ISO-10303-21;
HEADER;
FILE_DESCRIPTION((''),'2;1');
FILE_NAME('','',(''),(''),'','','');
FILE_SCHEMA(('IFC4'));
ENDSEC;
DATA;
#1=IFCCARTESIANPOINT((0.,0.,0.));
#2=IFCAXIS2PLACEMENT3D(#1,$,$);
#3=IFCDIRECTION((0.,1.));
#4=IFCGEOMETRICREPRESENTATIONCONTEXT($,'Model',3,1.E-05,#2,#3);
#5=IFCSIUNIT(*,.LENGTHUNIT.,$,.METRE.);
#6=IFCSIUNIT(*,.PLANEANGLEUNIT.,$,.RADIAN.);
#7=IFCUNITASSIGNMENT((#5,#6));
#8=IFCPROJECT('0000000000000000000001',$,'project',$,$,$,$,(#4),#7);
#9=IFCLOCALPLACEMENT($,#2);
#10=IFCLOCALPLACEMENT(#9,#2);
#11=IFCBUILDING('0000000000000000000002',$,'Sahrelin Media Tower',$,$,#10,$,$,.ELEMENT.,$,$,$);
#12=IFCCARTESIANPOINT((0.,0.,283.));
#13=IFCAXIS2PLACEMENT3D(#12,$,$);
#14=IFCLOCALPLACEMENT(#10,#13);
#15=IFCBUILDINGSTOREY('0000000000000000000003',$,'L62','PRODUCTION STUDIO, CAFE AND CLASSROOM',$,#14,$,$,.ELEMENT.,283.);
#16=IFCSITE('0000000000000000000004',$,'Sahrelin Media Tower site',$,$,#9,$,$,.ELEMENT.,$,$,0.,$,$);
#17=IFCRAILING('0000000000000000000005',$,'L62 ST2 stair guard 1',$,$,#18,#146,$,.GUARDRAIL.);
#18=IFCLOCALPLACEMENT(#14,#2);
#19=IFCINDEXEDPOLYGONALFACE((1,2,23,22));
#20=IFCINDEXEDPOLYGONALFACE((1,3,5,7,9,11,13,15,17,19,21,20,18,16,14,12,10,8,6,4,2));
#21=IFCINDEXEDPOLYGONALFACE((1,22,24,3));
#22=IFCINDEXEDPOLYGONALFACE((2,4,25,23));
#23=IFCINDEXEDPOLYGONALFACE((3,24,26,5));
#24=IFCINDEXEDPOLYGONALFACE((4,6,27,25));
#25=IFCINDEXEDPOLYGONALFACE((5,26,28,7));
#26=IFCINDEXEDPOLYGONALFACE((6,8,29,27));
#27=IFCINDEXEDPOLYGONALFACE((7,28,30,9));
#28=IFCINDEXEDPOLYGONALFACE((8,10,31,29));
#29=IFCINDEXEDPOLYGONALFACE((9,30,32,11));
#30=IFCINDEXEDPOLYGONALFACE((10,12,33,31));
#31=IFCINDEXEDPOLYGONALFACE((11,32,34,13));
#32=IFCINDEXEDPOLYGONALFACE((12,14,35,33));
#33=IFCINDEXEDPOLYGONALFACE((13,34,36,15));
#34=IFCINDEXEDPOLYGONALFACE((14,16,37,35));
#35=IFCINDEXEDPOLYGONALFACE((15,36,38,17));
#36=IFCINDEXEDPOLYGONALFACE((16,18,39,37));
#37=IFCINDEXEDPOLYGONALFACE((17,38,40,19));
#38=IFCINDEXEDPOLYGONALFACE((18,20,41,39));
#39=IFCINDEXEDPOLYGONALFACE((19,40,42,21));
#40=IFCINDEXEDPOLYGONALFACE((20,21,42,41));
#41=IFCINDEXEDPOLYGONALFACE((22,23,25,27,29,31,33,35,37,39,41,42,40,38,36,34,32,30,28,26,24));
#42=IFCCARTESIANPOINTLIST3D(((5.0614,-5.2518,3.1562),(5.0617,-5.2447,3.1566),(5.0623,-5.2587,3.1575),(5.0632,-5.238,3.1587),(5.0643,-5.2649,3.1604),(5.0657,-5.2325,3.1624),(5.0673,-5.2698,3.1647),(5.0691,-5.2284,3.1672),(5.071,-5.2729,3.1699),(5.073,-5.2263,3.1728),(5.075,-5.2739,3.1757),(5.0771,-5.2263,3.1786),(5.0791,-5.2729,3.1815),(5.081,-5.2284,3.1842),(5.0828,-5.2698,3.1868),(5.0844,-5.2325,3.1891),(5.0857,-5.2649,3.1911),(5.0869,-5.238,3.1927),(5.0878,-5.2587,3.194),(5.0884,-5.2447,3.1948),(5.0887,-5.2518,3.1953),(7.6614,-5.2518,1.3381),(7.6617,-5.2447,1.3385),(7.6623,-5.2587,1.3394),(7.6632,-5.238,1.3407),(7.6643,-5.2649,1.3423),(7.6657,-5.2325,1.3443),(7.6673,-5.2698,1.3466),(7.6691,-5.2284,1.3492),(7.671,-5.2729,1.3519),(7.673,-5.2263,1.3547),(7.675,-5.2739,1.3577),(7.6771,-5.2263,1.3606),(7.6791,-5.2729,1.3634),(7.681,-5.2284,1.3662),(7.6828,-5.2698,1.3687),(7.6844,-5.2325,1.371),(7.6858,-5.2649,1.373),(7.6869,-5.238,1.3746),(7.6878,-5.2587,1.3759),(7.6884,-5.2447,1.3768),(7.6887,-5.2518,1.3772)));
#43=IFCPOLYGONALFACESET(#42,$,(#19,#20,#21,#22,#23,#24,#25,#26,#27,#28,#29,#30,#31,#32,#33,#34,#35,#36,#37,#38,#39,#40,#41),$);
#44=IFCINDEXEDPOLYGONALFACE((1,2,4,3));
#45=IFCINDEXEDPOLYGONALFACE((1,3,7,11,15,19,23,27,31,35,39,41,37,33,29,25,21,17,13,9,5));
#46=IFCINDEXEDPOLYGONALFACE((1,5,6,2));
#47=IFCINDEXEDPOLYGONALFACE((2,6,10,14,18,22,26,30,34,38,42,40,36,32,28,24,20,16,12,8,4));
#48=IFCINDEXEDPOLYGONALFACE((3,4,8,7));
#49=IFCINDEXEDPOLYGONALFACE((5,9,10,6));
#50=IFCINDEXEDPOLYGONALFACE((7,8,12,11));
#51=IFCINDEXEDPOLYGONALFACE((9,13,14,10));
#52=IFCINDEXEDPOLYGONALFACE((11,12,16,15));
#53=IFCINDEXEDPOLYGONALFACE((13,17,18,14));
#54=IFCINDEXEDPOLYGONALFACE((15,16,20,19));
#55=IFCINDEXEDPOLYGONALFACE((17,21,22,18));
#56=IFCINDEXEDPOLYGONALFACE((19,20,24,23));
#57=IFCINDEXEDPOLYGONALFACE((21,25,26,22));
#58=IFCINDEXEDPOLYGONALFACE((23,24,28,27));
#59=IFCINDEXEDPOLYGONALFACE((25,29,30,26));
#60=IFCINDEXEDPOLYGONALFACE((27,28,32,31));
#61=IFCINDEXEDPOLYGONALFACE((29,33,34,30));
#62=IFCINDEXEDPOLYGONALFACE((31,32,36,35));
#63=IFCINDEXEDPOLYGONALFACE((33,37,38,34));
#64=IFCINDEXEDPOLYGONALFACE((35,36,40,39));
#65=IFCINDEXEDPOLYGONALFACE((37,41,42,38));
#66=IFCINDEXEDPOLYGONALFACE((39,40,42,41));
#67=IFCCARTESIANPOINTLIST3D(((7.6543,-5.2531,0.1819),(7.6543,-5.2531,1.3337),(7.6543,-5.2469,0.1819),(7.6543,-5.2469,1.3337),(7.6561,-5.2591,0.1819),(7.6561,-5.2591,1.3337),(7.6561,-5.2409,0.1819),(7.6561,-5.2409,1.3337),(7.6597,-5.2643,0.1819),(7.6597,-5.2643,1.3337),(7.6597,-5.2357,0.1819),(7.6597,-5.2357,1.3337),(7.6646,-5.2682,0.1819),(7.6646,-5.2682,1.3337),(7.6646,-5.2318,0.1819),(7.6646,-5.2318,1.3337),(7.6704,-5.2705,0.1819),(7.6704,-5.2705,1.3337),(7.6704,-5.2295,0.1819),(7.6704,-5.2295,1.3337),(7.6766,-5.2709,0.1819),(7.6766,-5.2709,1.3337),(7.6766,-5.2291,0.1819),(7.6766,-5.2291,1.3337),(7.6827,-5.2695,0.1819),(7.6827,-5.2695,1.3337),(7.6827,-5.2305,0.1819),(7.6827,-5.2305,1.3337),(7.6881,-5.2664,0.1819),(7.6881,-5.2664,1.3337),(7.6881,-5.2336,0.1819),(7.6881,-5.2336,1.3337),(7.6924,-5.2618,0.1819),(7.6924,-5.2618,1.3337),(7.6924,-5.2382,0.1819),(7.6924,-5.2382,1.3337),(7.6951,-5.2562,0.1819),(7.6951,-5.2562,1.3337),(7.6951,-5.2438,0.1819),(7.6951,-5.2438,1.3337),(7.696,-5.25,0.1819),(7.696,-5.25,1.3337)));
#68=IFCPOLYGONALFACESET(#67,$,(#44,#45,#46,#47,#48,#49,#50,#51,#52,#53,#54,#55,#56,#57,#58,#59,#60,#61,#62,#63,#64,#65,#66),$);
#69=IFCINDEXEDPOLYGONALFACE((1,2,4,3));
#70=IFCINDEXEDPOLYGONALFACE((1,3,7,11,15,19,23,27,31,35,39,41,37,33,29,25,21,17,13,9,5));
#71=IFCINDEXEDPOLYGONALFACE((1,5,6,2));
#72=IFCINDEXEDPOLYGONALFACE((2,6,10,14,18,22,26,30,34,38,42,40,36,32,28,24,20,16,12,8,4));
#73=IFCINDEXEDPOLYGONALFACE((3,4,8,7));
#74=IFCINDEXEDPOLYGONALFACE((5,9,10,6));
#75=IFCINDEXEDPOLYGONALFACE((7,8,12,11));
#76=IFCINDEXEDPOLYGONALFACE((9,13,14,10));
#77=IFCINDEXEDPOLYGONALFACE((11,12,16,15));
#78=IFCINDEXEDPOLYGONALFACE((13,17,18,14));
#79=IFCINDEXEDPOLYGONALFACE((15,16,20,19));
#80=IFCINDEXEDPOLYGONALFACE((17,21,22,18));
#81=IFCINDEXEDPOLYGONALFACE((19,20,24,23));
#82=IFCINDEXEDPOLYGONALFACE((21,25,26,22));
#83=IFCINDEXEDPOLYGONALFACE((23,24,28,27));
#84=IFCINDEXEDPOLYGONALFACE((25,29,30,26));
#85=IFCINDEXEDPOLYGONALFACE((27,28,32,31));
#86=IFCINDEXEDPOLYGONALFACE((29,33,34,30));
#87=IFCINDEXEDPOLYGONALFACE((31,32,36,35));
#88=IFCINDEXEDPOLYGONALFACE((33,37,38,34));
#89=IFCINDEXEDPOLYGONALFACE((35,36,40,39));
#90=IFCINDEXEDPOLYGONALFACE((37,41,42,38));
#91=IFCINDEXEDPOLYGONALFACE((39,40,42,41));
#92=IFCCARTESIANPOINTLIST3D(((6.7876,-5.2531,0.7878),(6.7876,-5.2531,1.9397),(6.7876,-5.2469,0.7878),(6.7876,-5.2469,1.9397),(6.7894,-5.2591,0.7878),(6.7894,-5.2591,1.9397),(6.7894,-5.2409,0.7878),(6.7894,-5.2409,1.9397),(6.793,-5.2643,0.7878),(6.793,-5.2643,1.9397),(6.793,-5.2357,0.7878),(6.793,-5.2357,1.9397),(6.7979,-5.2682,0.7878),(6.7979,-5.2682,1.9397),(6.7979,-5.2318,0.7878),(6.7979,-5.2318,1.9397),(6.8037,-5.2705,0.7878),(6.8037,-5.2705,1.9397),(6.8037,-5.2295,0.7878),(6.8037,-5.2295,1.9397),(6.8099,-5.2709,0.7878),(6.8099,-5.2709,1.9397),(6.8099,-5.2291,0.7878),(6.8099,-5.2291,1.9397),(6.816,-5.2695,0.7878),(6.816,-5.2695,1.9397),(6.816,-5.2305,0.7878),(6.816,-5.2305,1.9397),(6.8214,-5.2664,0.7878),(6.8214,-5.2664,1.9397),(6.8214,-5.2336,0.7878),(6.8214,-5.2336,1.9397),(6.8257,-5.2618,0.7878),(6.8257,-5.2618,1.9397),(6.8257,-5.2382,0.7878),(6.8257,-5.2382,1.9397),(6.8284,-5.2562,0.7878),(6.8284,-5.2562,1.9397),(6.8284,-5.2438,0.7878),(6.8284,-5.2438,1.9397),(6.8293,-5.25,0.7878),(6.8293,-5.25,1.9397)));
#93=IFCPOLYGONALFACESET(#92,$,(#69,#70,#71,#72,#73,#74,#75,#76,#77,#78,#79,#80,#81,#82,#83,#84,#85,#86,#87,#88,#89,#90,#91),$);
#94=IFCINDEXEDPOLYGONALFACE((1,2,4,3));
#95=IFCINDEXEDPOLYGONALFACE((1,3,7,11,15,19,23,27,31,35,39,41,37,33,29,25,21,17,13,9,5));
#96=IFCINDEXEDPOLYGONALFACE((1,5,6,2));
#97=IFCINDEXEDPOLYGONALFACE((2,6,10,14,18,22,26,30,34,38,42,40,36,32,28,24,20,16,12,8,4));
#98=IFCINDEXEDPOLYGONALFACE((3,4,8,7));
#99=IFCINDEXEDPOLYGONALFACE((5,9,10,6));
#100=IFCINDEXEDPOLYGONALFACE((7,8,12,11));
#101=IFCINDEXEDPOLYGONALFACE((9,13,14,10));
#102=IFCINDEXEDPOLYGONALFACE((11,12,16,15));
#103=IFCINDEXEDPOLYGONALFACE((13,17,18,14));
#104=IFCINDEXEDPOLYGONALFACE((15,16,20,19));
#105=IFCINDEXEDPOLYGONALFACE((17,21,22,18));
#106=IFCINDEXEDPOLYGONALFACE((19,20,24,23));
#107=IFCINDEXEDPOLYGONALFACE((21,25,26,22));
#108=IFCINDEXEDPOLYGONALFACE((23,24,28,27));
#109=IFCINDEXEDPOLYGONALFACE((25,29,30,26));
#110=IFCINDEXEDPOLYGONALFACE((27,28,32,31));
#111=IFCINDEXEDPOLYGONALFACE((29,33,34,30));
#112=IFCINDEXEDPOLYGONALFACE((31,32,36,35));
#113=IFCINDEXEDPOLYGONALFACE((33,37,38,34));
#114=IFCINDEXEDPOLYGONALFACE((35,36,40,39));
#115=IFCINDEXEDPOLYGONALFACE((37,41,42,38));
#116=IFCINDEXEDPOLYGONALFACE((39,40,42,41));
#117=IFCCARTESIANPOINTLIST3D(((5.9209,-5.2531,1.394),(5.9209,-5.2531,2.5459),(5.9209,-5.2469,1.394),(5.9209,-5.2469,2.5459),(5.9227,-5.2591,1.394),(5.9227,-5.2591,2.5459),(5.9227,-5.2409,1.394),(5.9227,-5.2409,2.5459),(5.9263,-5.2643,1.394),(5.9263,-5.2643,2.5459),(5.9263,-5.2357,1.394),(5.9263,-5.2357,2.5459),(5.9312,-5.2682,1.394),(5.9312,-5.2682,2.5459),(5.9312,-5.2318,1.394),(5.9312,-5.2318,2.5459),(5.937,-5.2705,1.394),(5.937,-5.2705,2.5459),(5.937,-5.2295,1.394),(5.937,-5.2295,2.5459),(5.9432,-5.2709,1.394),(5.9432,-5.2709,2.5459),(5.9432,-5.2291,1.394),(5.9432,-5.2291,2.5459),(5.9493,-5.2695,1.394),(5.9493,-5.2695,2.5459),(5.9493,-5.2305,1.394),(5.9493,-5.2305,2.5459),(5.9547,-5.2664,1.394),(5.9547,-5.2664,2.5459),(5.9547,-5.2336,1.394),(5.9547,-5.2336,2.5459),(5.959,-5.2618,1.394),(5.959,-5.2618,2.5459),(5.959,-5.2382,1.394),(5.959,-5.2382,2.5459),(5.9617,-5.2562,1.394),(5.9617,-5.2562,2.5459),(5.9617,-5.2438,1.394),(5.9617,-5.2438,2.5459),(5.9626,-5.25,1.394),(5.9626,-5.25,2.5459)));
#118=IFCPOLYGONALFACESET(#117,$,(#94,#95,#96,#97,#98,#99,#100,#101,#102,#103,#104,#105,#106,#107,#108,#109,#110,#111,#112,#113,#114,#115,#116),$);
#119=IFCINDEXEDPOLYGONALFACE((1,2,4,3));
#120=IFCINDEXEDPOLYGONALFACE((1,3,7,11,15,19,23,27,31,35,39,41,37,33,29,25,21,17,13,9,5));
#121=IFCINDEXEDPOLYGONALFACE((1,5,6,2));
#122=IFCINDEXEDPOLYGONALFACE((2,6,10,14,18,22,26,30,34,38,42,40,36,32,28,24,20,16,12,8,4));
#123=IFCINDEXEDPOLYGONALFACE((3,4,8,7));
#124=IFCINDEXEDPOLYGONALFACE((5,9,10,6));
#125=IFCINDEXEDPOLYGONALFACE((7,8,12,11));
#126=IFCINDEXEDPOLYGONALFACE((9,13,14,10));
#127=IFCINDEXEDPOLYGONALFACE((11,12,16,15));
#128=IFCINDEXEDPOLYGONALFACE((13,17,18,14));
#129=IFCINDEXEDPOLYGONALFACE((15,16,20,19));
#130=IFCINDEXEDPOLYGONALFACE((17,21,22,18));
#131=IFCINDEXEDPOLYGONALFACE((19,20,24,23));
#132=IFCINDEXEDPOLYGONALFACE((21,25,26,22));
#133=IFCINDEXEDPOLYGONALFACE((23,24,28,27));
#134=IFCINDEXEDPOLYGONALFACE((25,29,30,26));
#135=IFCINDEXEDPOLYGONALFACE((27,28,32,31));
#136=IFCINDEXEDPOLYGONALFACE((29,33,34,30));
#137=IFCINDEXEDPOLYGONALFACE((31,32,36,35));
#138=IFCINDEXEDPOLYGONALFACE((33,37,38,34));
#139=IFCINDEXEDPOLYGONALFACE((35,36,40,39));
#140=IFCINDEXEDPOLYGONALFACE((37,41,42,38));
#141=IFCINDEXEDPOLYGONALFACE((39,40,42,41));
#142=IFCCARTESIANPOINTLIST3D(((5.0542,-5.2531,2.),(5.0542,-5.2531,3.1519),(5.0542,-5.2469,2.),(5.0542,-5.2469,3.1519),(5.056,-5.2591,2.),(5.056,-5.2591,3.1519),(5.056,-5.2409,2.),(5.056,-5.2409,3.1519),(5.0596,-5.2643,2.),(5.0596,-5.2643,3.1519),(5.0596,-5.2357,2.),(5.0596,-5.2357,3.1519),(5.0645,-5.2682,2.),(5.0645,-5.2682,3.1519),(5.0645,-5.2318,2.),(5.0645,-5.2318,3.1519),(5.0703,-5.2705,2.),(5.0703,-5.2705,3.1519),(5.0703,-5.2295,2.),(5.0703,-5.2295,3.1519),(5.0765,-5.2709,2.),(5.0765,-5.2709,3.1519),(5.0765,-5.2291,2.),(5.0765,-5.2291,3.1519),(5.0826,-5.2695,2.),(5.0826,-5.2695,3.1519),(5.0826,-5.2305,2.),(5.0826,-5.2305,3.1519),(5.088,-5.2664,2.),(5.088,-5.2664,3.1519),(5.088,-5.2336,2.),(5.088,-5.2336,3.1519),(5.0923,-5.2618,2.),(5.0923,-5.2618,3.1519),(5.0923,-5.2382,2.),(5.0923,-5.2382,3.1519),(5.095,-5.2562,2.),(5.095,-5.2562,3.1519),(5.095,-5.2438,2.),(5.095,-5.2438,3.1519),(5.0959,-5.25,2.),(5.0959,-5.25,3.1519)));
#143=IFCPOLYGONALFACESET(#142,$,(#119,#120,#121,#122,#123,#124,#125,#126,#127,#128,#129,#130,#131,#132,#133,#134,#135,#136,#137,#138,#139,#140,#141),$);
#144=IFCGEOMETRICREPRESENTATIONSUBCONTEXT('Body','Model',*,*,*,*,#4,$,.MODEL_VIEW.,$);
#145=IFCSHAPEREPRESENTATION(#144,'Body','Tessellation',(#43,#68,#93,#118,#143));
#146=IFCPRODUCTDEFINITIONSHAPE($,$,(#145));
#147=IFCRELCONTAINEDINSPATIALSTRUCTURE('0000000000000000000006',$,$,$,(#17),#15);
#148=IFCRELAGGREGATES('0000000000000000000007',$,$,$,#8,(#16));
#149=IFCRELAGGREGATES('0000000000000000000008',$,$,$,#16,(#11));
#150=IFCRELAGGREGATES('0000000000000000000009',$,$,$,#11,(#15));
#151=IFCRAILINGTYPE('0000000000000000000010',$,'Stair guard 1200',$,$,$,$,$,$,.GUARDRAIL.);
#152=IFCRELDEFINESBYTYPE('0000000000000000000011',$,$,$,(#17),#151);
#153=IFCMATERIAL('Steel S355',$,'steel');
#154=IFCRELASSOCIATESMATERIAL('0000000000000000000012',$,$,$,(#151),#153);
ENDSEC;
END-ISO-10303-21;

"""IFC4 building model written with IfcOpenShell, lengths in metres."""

from ifc_helpers import new_model, si_unit, direction, frame, origin, origin_2d, place, context, subcontext, project, spatial, circle, extrude, material, type_object, element, save


model = new_model("IFC4")

# Units and contexts
model_context = context("Model", 3, precision=1e-05, world=origin(), true_north=direction((0.0, 1.0)))
body_context = subcontext(model_context, "Body", "Model", "MODEL_VIEW")
ifc_project = project(units=[si_unit("LENGTHUNIT", "METRE"), si_unit("PLANEANGLEUNIT", "RADIAN")], contexts=[model_context])

# Site, building, storey
site_placement = place(None, origin())
site = spatial("IfcSite", under=ifc_project, at=site_placement, Name="Sahrelin Media Tower site", CompositionType="ELEMENT", RefElevation=0.0)
building_placement = place(site_placement, origin())
building = spatial("IfcBuilding", under=site, at=building_placement, Name="Sahrelin Media Tower", CompositionType="ELEMENT")
storey_placement = place(building_placement, frame((0.0, 0.0, 283.0)))
storey = spatial("IfcBuildingStorey", under=building, at=storey_placement, Name="L62", Description="PRODUCTION STUDIO, CAFE AND CLASSROOM", CompositionType="ELEMENT", Elevation=283.0)

# Shared definitions
ifc_material_1 = material(Name="Steel S355", Category="steel")

# Railing
railing_type_1 = type_object("IfcRailingType", Name="Stair guard 1200", PredefinedType="GUARDRAIL", material=ifc_material_1)
railing_1_placement = place(storey_placement, frame((7.675, -5.25, 0.1819)))
element("IfcRailing", 1, at=railing_1_placement, inside=storey, type_object=railing_type_1, Name="L62 ST2 stair guard 1", PredefinedType="GUARDRAIL", context=body_context, shape_type="SweptSolid", body=[
    extrude(circle(Radius=0.0239, at=origin_2d()), frame((0.0, 0.0, 1.1758), z_axis=(-0.819521, 0.0, 0.573049), x_axis=(0.0, -1.0, 0.0)), (0.0, 0.0, 1.0), 3.1726),
    extrude(circle(Radius=0.021, at=origin_2d()), origin(), (0.0, 0.0, 1.0), 1.1519),
    extrude(circle(Radius=0.021, at=origin_2d()), frame((-0.8667, 0.0, 0.606)), (0.0, 0.0, 1.0), 1.1519),
    extrude(circle(Radius=0.021, at=origin_2d()), frame((-1.7334, 0.0, 1.2122)), (0.0, 0.0, 1.0), 1.1519),
    extrude(circle(Radius=0.021, at=origin_2d()), frame((-2.6001, 0.0, 1.8181)), (0.0, 0.0, 1.0), 1.1519),
])

save(model, "model.ifc")
